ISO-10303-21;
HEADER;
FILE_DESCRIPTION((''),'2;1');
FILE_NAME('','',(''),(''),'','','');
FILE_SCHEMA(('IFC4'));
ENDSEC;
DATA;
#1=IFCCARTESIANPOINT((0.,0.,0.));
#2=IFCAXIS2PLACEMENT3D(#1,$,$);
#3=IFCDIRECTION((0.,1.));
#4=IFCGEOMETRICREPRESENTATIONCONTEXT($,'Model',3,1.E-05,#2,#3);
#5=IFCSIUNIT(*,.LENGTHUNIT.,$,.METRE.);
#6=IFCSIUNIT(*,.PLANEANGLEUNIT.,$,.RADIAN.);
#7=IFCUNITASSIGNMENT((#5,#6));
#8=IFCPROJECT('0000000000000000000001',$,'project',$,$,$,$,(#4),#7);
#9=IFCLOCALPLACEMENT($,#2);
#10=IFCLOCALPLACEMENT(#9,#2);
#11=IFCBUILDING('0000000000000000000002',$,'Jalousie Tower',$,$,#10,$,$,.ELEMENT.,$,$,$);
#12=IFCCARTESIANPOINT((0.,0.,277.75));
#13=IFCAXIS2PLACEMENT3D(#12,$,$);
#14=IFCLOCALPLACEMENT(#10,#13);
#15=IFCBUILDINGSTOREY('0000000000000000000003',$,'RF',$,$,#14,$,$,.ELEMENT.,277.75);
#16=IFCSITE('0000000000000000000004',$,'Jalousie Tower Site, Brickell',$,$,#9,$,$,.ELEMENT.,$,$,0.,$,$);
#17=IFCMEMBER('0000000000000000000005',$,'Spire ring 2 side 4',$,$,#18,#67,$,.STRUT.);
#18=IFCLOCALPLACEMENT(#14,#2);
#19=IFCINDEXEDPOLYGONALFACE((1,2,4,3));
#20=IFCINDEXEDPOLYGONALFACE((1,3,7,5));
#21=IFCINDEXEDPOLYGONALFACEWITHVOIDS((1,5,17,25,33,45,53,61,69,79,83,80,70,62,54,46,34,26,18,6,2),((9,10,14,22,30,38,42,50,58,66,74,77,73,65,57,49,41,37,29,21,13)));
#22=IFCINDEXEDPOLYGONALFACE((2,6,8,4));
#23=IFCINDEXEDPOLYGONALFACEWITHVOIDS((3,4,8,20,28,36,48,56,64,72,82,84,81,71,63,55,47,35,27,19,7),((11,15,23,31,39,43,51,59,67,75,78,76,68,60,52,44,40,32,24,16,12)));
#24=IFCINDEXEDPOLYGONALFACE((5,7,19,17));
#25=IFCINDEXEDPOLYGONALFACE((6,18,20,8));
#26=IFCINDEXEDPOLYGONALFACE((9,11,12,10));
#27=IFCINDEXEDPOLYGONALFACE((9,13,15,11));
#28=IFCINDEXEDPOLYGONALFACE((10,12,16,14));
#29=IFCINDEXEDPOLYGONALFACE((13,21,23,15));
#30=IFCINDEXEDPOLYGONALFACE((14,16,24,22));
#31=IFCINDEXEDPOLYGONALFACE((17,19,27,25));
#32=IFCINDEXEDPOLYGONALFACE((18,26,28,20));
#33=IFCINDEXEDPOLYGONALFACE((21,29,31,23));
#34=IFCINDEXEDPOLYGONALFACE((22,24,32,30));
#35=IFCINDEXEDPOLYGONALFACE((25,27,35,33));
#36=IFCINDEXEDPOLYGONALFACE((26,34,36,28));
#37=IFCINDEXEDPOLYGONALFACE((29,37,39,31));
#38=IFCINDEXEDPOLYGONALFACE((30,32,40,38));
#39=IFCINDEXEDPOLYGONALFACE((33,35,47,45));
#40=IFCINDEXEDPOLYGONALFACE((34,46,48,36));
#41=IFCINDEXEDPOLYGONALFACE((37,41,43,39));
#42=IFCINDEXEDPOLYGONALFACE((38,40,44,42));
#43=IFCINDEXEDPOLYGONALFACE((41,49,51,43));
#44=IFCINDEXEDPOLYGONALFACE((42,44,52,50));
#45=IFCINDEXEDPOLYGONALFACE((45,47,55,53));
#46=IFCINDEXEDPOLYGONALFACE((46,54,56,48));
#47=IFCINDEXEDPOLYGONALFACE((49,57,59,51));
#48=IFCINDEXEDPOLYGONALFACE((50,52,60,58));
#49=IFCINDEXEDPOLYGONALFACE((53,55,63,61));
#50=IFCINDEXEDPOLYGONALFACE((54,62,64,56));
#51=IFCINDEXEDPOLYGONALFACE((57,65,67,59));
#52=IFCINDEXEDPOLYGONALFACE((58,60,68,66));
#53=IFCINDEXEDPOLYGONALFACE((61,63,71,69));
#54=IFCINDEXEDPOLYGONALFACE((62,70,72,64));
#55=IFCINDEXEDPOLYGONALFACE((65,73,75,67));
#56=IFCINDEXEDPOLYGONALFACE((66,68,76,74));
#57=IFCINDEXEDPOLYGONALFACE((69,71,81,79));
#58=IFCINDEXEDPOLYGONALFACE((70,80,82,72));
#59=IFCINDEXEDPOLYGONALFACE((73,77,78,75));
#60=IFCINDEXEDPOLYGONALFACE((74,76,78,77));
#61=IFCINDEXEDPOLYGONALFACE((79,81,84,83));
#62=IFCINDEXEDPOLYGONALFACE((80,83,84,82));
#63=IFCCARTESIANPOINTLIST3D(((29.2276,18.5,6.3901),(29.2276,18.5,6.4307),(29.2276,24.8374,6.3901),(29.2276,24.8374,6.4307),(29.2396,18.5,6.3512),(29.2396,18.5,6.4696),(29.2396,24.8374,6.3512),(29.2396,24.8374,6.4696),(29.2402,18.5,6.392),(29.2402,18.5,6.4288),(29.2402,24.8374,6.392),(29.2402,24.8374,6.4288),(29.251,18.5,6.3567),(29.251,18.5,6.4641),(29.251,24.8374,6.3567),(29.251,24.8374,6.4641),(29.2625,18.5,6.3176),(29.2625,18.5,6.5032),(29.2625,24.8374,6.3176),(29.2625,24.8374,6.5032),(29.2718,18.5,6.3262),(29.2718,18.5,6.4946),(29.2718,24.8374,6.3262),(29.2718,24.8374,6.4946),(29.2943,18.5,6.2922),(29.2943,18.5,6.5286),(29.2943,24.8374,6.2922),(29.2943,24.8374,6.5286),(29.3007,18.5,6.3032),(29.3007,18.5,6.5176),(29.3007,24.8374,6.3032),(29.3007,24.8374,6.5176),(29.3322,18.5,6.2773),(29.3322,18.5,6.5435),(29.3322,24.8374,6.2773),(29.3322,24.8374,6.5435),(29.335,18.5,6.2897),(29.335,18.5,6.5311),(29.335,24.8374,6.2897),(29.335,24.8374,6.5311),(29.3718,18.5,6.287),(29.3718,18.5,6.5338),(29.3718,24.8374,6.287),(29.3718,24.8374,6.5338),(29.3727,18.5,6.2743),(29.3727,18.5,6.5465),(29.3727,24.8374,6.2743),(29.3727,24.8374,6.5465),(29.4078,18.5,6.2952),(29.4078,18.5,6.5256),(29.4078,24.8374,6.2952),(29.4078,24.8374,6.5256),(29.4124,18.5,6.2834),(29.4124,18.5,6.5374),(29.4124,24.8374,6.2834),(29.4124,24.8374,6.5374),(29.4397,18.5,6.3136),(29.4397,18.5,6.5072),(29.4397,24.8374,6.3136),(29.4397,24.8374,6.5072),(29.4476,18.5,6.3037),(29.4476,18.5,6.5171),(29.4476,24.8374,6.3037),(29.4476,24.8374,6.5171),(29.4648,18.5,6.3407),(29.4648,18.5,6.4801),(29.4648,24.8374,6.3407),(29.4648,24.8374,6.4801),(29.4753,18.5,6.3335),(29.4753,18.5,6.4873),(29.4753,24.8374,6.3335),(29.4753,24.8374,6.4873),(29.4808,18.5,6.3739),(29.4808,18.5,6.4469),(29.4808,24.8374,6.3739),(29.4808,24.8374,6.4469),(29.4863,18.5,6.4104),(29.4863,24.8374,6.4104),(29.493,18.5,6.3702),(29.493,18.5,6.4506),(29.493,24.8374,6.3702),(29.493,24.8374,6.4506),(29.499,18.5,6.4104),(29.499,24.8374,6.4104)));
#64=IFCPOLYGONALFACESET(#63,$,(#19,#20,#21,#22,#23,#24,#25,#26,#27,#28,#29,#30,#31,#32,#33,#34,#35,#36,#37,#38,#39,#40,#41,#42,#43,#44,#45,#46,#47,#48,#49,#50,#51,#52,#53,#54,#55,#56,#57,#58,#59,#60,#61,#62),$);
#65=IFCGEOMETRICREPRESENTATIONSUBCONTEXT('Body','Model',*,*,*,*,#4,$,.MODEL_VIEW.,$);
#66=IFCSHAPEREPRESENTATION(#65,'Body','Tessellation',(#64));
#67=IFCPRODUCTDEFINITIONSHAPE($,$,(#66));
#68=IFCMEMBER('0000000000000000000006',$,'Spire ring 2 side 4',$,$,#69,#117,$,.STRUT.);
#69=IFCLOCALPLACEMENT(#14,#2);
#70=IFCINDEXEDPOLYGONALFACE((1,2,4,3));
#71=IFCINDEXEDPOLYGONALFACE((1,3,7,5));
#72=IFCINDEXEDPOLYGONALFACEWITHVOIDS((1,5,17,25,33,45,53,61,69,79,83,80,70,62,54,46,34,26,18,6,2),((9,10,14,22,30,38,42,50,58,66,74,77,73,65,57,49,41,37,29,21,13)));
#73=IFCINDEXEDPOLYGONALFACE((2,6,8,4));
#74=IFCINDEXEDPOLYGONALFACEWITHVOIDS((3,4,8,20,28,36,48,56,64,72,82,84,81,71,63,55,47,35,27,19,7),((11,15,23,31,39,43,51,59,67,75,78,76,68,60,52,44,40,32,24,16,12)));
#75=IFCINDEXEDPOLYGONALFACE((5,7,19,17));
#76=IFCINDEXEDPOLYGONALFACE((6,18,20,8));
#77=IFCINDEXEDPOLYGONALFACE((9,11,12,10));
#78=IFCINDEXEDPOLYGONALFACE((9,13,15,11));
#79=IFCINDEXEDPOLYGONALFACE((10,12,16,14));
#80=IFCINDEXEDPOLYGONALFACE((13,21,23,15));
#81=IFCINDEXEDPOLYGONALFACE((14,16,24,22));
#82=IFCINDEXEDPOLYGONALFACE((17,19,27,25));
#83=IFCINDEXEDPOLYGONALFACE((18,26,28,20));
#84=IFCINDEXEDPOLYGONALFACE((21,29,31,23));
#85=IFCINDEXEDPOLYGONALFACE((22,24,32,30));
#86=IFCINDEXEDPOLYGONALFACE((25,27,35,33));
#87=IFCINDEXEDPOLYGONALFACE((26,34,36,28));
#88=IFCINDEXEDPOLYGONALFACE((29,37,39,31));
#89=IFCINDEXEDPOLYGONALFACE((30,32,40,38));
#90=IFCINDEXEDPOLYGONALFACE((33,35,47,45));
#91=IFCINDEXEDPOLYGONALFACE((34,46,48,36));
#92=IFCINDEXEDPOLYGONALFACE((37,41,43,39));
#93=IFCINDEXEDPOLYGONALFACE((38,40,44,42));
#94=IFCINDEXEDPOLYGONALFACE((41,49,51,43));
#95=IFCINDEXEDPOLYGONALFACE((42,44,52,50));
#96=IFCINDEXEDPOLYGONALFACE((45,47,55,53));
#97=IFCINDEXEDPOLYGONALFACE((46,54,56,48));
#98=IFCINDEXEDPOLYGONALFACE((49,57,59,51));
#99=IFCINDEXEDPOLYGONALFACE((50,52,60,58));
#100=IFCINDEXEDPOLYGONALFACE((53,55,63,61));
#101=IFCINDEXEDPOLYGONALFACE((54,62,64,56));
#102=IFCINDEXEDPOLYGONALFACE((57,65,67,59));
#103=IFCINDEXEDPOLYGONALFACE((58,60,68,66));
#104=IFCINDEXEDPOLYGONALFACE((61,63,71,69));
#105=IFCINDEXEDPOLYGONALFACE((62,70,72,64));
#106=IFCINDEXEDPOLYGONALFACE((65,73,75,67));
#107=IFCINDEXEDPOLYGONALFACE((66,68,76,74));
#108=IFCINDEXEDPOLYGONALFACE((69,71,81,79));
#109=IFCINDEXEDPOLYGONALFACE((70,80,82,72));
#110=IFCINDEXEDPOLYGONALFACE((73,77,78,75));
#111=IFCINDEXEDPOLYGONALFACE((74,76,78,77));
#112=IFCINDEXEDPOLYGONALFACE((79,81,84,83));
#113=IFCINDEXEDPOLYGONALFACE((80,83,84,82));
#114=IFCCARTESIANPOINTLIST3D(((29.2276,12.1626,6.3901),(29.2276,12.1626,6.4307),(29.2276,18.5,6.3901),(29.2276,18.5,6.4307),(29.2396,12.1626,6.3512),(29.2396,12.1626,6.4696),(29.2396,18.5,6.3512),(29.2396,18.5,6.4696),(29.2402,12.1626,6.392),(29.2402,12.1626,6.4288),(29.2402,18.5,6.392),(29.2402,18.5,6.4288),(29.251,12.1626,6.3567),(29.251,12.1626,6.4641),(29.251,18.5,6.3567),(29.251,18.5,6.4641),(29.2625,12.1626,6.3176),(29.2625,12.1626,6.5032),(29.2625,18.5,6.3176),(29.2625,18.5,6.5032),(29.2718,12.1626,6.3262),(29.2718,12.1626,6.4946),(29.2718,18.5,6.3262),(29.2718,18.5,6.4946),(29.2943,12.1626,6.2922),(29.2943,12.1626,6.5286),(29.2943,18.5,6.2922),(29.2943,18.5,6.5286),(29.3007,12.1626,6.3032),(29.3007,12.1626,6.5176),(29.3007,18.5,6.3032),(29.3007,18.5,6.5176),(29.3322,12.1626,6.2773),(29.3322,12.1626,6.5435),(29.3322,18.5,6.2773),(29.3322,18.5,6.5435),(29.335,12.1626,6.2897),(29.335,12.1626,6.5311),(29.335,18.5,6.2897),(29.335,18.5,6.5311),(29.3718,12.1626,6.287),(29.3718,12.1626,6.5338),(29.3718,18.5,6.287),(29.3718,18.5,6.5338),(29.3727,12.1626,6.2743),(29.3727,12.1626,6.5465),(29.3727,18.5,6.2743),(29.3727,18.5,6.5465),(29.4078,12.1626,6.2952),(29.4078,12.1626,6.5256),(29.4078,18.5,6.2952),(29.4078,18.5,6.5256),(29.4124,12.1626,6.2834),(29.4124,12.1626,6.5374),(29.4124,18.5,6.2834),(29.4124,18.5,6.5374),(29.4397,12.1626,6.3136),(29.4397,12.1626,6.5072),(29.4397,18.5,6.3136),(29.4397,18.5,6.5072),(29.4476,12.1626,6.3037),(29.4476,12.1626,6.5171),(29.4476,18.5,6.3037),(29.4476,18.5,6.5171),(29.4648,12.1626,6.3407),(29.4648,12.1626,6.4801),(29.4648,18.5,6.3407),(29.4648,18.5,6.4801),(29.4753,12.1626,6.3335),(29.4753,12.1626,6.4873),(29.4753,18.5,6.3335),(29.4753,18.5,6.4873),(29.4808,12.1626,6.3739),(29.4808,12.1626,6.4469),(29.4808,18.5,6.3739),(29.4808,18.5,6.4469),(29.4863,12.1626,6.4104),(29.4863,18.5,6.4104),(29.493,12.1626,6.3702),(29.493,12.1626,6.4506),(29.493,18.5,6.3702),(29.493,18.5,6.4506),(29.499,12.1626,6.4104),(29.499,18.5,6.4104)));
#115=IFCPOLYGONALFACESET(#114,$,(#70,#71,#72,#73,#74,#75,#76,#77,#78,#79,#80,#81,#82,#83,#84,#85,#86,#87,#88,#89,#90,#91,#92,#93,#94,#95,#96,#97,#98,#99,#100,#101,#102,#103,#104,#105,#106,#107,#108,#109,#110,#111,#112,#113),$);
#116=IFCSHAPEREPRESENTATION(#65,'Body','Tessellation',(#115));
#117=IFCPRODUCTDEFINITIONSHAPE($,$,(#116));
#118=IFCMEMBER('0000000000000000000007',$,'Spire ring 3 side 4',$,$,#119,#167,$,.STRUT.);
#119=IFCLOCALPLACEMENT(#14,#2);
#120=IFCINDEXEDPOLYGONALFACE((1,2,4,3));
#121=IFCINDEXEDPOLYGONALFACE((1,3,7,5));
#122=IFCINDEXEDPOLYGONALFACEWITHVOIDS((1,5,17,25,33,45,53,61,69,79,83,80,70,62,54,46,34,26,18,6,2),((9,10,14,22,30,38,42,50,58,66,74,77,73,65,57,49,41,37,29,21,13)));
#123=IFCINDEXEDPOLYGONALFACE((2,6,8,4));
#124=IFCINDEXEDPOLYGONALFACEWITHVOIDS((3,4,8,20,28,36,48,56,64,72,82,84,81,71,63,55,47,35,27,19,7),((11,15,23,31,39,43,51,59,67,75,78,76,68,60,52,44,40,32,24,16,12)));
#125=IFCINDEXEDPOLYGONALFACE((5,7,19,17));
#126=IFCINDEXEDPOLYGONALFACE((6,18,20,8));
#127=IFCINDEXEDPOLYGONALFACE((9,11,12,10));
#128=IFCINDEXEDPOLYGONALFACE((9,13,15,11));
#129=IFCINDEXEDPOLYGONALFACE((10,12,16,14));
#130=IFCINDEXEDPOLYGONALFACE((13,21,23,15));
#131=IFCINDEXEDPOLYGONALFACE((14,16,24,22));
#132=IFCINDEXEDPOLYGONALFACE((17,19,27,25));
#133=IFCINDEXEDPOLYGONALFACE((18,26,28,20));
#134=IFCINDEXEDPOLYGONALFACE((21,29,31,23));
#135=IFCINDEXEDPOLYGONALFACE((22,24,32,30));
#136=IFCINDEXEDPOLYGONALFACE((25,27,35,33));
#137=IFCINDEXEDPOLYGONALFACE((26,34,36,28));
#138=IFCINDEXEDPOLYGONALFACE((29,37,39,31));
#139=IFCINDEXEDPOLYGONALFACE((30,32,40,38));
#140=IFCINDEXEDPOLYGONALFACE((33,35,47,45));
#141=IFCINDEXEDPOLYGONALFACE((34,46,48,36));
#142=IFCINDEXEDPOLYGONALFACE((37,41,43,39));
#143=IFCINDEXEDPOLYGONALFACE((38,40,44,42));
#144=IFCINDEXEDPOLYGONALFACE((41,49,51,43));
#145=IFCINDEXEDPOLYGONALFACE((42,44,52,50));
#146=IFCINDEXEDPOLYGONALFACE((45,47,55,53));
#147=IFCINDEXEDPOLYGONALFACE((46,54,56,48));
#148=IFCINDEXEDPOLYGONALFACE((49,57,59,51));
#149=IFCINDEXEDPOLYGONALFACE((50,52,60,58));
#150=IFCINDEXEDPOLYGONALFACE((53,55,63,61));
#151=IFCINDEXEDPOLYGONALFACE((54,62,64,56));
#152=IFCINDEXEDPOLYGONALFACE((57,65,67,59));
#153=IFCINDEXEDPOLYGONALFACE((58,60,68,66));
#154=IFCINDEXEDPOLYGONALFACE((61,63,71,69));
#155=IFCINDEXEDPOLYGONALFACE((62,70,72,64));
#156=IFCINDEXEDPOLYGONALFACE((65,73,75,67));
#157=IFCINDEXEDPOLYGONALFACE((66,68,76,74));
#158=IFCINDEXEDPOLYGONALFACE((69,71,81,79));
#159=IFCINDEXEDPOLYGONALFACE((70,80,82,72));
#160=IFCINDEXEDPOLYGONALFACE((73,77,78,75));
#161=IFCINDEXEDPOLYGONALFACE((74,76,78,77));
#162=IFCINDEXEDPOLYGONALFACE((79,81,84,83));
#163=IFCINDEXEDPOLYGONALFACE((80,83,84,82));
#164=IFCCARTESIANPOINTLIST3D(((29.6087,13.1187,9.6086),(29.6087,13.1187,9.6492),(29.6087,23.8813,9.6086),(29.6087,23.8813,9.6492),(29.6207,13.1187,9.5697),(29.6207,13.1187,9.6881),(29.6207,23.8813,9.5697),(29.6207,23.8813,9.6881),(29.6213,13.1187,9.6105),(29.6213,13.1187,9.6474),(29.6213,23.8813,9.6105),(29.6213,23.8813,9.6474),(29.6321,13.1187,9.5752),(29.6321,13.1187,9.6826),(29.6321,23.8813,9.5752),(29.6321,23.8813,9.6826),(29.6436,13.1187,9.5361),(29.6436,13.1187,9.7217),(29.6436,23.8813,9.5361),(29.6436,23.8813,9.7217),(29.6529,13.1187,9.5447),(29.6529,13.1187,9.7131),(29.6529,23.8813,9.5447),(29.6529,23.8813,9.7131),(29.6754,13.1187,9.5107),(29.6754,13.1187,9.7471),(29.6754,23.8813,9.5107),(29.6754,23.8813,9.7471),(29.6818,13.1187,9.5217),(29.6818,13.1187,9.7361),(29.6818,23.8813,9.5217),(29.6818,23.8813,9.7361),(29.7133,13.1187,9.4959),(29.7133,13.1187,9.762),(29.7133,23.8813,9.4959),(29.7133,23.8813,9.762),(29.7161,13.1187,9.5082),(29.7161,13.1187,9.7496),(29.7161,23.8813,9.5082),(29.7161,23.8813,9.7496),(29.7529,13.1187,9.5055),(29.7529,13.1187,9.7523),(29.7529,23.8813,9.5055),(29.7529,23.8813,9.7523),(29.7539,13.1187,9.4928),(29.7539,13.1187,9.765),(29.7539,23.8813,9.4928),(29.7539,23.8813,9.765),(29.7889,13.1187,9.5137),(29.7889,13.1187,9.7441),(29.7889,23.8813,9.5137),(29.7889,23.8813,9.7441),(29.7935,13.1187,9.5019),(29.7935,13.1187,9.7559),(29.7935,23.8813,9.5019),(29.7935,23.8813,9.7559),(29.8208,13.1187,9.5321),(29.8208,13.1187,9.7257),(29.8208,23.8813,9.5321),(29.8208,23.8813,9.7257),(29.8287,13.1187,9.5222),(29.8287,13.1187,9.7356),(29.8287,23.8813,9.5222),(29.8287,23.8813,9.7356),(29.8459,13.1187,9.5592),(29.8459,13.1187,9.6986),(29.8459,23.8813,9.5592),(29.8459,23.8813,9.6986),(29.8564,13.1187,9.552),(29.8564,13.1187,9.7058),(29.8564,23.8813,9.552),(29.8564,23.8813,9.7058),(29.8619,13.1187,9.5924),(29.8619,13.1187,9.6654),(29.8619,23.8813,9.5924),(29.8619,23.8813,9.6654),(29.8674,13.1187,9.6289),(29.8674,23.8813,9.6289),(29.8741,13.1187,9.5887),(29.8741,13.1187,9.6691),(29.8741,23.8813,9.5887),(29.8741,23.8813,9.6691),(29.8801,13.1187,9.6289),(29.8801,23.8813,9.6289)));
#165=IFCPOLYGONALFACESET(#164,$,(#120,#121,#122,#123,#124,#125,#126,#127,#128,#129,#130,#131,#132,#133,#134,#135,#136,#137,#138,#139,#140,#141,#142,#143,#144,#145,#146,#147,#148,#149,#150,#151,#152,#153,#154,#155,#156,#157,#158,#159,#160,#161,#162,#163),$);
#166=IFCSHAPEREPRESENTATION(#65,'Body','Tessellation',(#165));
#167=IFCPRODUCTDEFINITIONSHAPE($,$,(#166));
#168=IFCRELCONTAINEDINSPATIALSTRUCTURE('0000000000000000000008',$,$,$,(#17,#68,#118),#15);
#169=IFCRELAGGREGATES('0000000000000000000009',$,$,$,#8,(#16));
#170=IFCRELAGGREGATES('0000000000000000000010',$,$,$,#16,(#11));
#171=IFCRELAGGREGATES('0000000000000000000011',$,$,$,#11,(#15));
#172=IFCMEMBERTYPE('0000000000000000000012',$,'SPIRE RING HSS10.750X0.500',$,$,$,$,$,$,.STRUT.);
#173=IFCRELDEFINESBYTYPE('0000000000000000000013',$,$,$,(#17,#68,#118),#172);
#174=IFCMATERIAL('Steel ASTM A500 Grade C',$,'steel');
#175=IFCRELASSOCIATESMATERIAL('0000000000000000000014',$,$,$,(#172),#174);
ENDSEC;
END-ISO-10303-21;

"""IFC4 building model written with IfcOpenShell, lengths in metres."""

from ifc_helpers import new_model, si_unit, direction, frame, origin, origin_2d, place, context, subcontext, project, spatial, hollow_circle, extrude, material, material_profile, profile_set, type_object, element, save


model = new_model("IFC4")

# Units and contexts
model_context = context("Model", 3, precision=1e-05, world=origin(), true_north=direction((0.0, 1.0)))
body_context = subcontext(model_context, "Body", "Model", "MODEL_VIEW")
ifc_project = project(units=[si_unit("LENGTHUNIT", "METRE"), si_unit("PLANEANGLEUNIT", "RADIAN")], contexts=[model_context])

# Site, building, storey
site_placement = place(None, origin())
site = spatial("IfcSite", under=ifc_project, at=site_placement, Name="Jalousie Tower Site, Brickell", CompositionType="ELEMENT", RefElevation=0.0)
building_placement = place(site_placement, origin())
building = spatial("IfcBuilding", under=site, at=building_placement, Name="Jalousie Tower", CompositionType="ELEMENT")
storey_placement = place(building_placement, frame((0.0, 0.0, 277.75)))
storey = spatial("IfcBuildingStorey", under=building, at=storey_placement, Name="RF", CompositionType="ELEMENT", Elevation=277.75)

# Members
ifc_material_1 = material(Name="Steel ASTM A500 Grade C", Category="steel")
ifc_material_profile_1 = material_profile(ifc_material_1, hollow_circle(Radius=0.1365, WallThickness=0.0127, at=origin_2d()), Name="HSS10.750X0.500")
ifc_profile_set_1 = profile_set([ifc_material_profile_1], Name="Steel ASTM A500 Grade C")
member_type_1 = type_object("IfcMemberType", Name="SPIRE RING HSS10.750X0.500", PredefinedType="STRUT", material=ifc_profile_set_1)
for number, where, z_axis, x_axis, name in (
    (1, (29.3625, 24.8374, 6.4104), (0.0, -1.0, 0.0), (1.0, 0.0, 0.0), "Spire ring 2 side 4"),
    (2, (29.3625, 18.5, 6.4104), (0.0, -1.0, 0.0), (1.0, 0.0, 0.0), "Spire ring 2 side 4"),
):
    element("IfcMember", number, at=place(storey_placement, frame(where, z_axis=z_axis, x_axis=x_axis)), inside=storey, type_object=member_type_1, Name=name, PredefinedType="STRUT", context=body_context, shape_type="SweptSolid", body=[
        extrude(hollow_circle(Radius=0.1365, WallThickness=0.0127, at=origin_2d()), origin(), (0.0, 0.0, 1.0), 6.3374),
    ])
member_1_placement = place(storey_placement, frame((29.7437, 23.8813, 9.6289), z_axis=(0.0, -1.0, 0.0), x_axis=(1.0, 0.0, 0.0)))
element("IfcMember", 3, at=member_1_placement, inside=storey, type_object=member_type_1, Name="Spire ring 3 side 4", PredefinedType="STRUT", context=body_context, shape_type="SweptSolid", body=[
    extrude(hollow_circle(Radius=0.1365, WallThickness=0.0127, at=origin_2d()), origin(), (0.0, 0.0, 1.0), 10.7627),
])

save(model, "model.ifc")
